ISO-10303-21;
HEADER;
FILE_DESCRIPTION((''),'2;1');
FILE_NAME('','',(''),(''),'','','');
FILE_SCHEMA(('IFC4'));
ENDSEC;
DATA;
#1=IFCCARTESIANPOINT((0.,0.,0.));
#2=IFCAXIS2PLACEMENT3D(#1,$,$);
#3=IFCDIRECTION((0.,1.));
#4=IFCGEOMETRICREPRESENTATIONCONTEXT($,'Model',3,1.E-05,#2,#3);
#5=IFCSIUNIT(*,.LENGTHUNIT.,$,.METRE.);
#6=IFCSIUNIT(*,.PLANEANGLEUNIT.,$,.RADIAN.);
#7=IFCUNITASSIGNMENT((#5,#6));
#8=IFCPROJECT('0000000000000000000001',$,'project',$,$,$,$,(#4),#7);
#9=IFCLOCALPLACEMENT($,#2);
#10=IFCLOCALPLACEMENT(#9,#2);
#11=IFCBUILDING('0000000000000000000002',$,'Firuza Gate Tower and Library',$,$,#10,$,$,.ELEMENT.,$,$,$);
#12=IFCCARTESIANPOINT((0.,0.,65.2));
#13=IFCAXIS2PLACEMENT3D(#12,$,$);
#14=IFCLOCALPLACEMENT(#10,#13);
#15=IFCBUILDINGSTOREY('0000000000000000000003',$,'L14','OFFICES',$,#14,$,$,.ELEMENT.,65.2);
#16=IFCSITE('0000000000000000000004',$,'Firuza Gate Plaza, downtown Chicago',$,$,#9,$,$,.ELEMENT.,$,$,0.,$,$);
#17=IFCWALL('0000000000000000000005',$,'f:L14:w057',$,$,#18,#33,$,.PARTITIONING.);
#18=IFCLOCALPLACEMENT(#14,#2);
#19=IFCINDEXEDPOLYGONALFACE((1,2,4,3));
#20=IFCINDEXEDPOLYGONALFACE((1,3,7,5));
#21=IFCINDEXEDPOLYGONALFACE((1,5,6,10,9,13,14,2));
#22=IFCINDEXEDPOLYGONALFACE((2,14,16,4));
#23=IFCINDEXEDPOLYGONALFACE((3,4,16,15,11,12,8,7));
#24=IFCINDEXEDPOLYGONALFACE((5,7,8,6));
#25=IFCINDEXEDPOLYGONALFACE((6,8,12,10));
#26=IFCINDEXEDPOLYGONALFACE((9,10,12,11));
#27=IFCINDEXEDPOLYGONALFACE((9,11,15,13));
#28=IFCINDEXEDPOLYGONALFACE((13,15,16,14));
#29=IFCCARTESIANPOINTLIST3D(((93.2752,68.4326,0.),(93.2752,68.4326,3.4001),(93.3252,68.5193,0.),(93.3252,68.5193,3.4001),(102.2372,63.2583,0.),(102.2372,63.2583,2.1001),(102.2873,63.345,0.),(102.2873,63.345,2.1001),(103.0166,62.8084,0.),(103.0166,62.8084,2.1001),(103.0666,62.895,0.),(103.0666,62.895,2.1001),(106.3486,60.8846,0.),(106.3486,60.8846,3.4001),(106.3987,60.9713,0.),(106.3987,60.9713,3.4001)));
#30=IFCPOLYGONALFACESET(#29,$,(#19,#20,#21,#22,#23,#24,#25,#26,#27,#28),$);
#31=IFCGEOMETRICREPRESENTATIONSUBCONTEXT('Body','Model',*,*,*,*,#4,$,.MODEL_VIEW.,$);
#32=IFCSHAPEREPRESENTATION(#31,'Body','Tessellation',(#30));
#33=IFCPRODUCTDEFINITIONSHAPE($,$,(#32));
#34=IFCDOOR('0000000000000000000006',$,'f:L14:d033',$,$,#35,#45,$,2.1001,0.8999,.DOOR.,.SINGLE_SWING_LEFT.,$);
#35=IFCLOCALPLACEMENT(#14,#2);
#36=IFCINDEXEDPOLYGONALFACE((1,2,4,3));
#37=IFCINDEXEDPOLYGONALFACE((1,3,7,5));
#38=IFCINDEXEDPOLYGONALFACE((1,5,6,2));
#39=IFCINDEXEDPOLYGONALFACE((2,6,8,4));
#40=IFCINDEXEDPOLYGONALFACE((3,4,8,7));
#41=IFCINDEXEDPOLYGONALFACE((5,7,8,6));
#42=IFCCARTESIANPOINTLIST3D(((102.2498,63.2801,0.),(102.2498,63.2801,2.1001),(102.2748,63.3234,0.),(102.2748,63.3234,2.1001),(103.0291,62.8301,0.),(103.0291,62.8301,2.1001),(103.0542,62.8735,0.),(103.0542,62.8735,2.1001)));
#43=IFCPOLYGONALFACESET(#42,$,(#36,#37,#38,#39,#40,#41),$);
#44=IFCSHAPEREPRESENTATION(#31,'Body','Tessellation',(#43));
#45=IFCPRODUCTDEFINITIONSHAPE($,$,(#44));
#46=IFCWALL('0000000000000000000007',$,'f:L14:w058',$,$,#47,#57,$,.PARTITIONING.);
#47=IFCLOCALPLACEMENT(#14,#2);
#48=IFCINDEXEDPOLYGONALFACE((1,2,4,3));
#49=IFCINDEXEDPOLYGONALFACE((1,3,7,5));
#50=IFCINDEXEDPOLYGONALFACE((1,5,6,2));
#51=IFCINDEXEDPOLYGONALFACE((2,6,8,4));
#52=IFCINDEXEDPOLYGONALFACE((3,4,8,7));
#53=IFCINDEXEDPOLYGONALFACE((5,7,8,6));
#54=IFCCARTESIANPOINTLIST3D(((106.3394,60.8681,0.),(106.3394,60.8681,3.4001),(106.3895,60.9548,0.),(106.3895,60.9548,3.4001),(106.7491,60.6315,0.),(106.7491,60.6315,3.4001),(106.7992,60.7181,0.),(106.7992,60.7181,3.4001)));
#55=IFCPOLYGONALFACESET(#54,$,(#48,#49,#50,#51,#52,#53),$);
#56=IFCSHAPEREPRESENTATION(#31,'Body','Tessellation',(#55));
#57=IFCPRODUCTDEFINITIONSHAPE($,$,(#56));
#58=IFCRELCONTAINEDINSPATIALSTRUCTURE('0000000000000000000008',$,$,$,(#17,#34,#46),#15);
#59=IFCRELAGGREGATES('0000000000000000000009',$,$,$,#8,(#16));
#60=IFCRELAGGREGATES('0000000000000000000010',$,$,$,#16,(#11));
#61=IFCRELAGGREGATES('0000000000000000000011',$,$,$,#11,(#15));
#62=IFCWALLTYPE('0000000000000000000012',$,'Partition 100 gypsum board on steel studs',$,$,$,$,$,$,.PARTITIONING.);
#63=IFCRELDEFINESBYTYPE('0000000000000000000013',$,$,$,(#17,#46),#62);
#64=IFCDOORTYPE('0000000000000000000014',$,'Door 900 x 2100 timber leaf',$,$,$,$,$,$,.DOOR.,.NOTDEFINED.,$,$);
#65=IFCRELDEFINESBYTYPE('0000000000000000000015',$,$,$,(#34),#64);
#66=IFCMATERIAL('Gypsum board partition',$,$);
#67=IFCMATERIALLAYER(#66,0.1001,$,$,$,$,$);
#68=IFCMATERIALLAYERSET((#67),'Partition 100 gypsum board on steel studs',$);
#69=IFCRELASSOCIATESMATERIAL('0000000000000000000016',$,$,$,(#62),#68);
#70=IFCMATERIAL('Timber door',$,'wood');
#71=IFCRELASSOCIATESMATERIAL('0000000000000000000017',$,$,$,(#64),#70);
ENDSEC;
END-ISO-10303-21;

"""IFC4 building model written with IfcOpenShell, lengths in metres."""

from ifc_helpers import new_model, si_unit, direction, frame, frame_2d, origin, place, context, subcontext, project, spatial, rectangle, extrude, material, layer, layer_set, type_object, element, fill, save


model = new_model("IFC4")

# Units and contexts
model_context = context("Model", 3, precision=1e-05, world=origin(), true_north=direction((0.0, 1.0)))
body_context = subcontext(model_context, "Body", "Model", "MODEL_VIEW")
ifc_project = project(units=[si_unit("LENGTHUNIT", "METRE"), si_unit("PLANEANGLEUNIT", "RADIAN")], contexts=[model_context])

# Site, building, storey
site_placement = place(None, origin())
site = spatial("IfcSite", under=ifc_project, at=site_placement, Name="Firuza Gate Plaza, downtown Chicago", CompositionType="ELEMENT", RefElevation=0.0)
building_placement = place(site_placement, origin())
building = spatial("IfcBuilding", under=site, at=building_placement, Name="Firuza Gate Tower and Library", CompositionType="ELEMENT")
storey_placement = place(building_placement, frame((0.0, 0.0, 65.2)))
storey = spatial("IfcBuildingStorey", under=building, at=storey_placement, Name="L14", Description="OFFICES", CompositionType="ELEMENT", Elevation=65.2)

# Shared definitions
ifc_material_1 = material(Name="Gypsum board partition")
ifc_layer_1 = layer(ifc_material_1, 0.1001)
ifc_layer_set_1 = layer_set([ifc_layer_1], Name="Partition 100 gypsum board on steel studs")
wall_type_1 = type_object("IfcWallType", Name="Partition 100 gypsum board on steel studs", PredefinedType="PARTITIONING", material=ifc_layer_set_1)

# Wall, opening, door
wall_1_placement = place(storey_placement, frame((106.3735, 60.928, 0.0), z_axis=(0.0, 0.0, 1.0), x_axis=(-0.866022, 0.500006, 0.0)))
wall_1 = element("IfcWall", 1, at=wall_1_placement, inside=storey, type_object=wall_type_1, Name="f:L14:w057", PredefinedType="PARTITIONING", context=body_context, shape_type="SweptSolid", body=[
    extrude(rectangle(XDim=15.0959, YDim=0.1001, at=frame_2d((7.5479, 0.0))), origin(), (0.0, 0.0, 1.0), 3.4001),
])
opening_placement = place(wall_1_placement, frame((3.8474, 0.0, 0.0)))
opening = element("IfcOpeningElement", 2, at=opening_placement, cuts=wall_1, PredefinedType="OPENING", context=body_context, shape_type="SweptSolid", body=[
    extrude(rectangle(XDim=0.8999, YDim=2.1001, at=frame_2d((0.45, 1.05))), frame((0.0, 0.0601, 0.0), z_axis=(0.0, -1.0, 0.0), x_axis=(1.0, 0.0, 0.0)), (0.0, 0.0, 1.0), 0.1201),
])
ifc_material_2 = material(Name="Timber door", Category="wood")
door_type = type_object("IfcDoorType", Name="Door 900 x 2100 timber leaf", OperationType="NOTDEFINED", PredefinedType="DOOR", material=ifc_material_2)
door_placement = place(opening_placement, origin())
door = element("IfcDoor", 3, at=door_placement, inside=storey, type_object=door_type, Name="f:L14:d033", OperationType="SINGLE_SWING_LEFT", OverallHeight=2.1001, OverallWidth=0.8999, PredefinedType="DOOR", context=body_context, shape_type="SweptSolid", body=[
    extrude(rectangle(XDim=0.8999, YDim=2.1001, at=frame_2d((0.45, 1.05))), frame((0.0, 0.0249, 0.0), z_axis=(0.0, -1.0, 0.0), x_axis=(1.0, 0.0, 0.0)), (0.0, 0.0, 1.0), 0.05),
])
fill(opening, door)

# Wall
wall_2_placement = place(storey_placement, frame((106.7742, 60.6748, 0.0), z_axis=(0.0, 0.0, 1.0), x_axis=(-0.865979, 0.50008, 0.0)))
element("IfcWall", 4, at=wall_2_placement, inside=storey, type_object=wall_type_1, Name="f:L14:w058", PredefinedType="PARTITIONING", context=body_context, shape_type="SweptSolid", body=[
    extrude(rectangle(XDim=0.4731, YDim=0.1001, at=frame_2d((0.2366, 0.0))), origin(), (0.0, 0.0, 1.0), 3.4001),
])

save(model, "model.ifc")
